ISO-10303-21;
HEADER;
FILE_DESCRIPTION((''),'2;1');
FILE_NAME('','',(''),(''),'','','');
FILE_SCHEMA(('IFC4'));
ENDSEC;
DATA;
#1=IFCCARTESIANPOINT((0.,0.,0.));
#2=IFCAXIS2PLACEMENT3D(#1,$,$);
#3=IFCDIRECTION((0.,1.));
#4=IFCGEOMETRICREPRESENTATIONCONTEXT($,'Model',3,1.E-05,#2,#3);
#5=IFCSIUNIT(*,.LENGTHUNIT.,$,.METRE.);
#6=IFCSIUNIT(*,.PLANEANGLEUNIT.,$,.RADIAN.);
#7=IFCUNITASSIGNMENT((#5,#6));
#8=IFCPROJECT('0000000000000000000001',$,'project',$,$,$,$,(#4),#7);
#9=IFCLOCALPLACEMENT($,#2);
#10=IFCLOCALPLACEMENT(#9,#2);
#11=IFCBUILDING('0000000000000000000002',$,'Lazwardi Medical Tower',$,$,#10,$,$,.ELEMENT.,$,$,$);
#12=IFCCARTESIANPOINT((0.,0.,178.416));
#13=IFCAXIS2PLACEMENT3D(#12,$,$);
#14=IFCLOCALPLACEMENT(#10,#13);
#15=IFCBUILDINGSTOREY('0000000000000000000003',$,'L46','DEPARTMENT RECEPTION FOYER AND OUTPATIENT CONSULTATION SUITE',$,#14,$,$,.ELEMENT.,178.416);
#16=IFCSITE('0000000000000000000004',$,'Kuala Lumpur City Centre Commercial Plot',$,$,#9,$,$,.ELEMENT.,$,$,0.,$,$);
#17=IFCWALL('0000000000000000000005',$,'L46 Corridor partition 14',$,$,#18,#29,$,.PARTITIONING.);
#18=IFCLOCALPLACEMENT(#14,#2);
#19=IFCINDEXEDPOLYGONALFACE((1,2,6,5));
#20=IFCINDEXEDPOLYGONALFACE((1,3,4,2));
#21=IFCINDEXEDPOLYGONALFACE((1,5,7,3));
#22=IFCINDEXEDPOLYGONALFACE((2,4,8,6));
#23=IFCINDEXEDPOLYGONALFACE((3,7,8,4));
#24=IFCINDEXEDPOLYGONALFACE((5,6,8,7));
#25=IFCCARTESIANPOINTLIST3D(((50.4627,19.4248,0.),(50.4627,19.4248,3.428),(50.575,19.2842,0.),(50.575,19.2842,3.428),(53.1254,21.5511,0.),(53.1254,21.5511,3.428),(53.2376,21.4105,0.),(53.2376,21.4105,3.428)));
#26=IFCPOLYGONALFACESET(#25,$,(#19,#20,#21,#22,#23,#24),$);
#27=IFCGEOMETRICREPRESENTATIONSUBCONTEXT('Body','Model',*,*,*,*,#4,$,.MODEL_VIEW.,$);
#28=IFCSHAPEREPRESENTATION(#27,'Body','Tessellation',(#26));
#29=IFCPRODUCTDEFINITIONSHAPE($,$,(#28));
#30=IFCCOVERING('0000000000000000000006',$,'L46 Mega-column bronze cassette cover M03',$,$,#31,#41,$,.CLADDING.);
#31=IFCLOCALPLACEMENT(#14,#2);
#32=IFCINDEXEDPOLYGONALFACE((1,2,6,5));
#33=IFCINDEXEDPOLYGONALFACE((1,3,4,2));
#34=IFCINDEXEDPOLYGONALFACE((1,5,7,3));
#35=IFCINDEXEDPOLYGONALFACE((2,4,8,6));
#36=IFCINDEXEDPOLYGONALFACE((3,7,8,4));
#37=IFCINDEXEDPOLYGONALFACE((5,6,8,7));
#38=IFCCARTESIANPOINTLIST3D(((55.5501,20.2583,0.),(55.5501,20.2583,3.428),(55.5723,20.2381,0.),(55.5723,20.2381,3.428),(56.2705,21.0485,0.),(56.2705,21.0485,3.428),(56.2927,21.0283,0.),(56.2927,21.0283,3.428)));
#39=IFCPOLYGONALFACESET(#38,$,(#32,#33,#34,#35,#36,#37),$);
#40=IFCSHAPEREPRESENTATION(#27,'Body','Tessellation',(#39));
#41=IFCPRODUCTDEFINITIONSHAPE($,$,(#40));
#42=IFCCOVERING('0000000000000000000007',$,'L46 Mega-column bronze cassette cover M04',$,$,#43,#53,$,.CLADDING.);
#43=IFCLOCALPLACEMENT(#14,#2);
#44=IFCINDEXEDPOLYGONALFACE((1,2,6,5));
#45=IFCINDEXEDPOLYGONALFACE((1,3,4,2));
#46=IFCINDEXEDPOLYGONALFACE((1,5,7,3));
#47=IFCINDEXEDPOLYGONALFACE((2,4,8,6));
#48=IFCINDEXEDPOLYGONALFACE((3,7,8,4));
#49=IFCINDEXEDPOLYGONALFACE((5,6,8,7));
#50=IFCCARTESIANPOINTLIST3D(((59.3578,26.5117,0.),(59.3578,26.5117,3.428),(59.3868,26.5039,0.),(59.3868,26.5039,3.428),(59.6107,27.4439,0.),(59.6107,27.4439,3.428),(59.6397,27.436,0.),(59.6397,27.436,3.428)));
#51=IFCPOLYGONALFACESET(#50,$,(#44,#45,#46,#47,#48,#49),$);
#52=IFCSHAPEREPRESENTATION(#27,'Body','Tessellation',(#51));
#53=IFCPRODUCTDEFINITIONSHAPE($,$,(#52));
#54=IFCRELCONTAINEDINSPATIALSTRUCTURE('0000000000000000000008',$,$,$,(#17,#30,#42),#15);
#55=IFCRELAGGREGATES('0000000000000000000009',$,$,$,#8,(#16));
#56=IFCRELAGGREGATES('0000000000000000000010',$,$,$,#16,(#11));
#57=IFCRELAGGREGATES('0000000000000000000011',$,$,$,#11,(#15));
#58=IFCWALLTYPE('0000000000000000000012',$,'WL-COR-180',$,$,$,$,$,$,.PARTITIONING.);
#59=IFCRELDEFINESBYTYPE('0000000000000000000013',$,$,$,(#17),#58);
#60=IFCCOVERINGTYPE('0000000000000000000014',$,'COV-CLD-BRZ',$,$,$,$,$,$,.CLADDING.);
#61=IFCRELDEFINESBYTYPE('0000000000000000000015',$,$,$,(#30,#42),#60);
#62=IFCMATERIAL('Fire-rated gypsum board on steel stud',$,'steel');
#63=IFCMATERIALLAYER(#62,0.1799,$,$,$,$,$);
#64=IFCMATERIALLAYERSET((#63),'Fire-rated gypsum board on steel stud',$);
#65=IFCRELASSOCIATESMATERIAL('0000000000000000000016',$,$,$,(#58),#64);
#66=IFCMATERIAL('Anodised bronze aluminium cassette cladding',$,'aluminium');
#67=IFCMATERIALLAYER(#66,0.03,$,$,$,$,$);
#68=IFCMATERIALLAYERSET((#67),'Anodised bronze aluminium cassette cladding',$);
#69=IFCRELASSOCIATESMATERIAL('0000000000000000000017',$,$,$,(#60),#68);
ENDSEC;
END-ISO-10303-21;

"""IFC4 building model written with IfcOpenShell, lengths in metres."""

from ifc_helpers import new_model, si_unit, direction, frame, frame_2d, origin, origin_2d, place, context, subcontext, project, spatial, rectangle, extrude, material, layer, layer_set, type_object, element, save


model = new_model("IFC4")

# Units and contexts
model_context = context("Model", 3, precision=1e-05, world=origin(), true_north=direction((0.0, 1.0)))
body_context = subcontext(model_context, "Body", "Model", "MODEL_VIEW")
ifc_project = project(units=[si_unit("LENGTHUNIT", "METRE"), si_unit("PLANEANGLEUNIT", "RADIAN")], contexts=[model_context])

# Site, building, storey
site_placement = place(None, origin())
site = spatial("IfcSite", under=ifc_project, at=site_placement, Name="Kuala Lumpur City Centre Commercial Plot", CompositionType="ELEMENT", RefElevation=0.0)
building_placement = place(site_placement, origin())
building = spatial("IfcBuilding", under=site, at=building_placement, Name="Lazwardi Medical Tower", CompositionType="ELEMENT")
storey_placement = place(building_placement, frame((0.0, 0.0, 178.416)))
storey = spatial("IfcBuildingStorey", under=building, at=storey_placement, Name="L46", Description="DEPARTMENT RECEPTION FOYER AND OUTPATIENT CONSULTATION SUITE", CompositionType="ELEMENT", Elevation=178.416)

# Wall
ifc_material_1 = material(Name="Fire-rated gypsum board on steel stud", Category="steel")
ifc_layer_1 = layer(ifc_material_1, 0.1799)
ifc_layer_set_1 = layer_set([ifc_layer_1], Name="Fire-rated gypsum board on steel stud")
wall_type = type_object("IfcWallType", Name="WL-COR-180", PredefinedType="PARTITIONING", material=ifc_layer_set_1)
wall_placement = place(storey_placement, frame((53.1814, 21.4807, 0.0), z_axis=(0.0, 0.0, 1.0), x_axis=(-0.781421, -0.624005, 0.0)))
element("IfcWall", 1, at=wall_placement, inside=storey, type_object=wall_type, Name="L46 Corridor partition 14", PredefinedType="PARTITIONING", context=body_context, shape_type="SweptSolid", body=[
    extrude(rectangle(XDim=3.4075, YDim=0.1799, at=frame_2d((1.7036, 0.0))), origin(), (0.0, 0.0, 1.0), 3.428),
])

# Coverings
ifc_material_2 = material(Name="Anodised bronze aluminium cassette cladding", Category="aluminium")
ifc_layer_2 = layer(ifc_material_2, 0.03)
ifc_layer_set_2 = layer_set([ifc_layer_2], Name="Anodised bronze aluminium cassette cladding")
covering_type = type_object("IfcCoveringType", Name="COV-CLD-BRZ", PredefinedType="CLADDING", material=ifc_layer_set_2)
covering_1_placement = place(storey_placement, frame((55.9214, 20.6433, 0.0), z_axis=(0.0, 0.0, 1.0), x_axis=(0.673714, 0.738992, 0.0)))
element("IfcCovering", 2, at=covering_1_placement, inside=storey, type_object=covering_type, Name="L46 Mega-column bronze cassette cover M03", PredefinedType="CLADDING", context=body_context, shape_type="SweptSolid", body=[
    extrude(rectangle(XDim=1.0693, YDim=0.03, at=origin_2d()), origin(), (0.0, 0.0, 1.0), 3.428),
])
covering_2_placement = place(storey_placement, frame((59.4988, 26.9739, 0.0), z_axis=(0.0, 0.0, 1.0), x_axis=(0.261829, 0.965114, 0.0)))
element("IfcCovering", 3, at=covering_2_placement, inside=storey, type_object=covering_type, Name="L46 Mega-column bronze cassette cover M04", PredefinedType="CLADDING", context=body_context, shape_type="SweptSolid", body=[
    extrude(rectangle(XDim=0.9658, YDim=0.03, at=origin_2d()), origin(), (0.0, 0.0, 1.0), 3.428),
])

save(model, "model.ifc")
